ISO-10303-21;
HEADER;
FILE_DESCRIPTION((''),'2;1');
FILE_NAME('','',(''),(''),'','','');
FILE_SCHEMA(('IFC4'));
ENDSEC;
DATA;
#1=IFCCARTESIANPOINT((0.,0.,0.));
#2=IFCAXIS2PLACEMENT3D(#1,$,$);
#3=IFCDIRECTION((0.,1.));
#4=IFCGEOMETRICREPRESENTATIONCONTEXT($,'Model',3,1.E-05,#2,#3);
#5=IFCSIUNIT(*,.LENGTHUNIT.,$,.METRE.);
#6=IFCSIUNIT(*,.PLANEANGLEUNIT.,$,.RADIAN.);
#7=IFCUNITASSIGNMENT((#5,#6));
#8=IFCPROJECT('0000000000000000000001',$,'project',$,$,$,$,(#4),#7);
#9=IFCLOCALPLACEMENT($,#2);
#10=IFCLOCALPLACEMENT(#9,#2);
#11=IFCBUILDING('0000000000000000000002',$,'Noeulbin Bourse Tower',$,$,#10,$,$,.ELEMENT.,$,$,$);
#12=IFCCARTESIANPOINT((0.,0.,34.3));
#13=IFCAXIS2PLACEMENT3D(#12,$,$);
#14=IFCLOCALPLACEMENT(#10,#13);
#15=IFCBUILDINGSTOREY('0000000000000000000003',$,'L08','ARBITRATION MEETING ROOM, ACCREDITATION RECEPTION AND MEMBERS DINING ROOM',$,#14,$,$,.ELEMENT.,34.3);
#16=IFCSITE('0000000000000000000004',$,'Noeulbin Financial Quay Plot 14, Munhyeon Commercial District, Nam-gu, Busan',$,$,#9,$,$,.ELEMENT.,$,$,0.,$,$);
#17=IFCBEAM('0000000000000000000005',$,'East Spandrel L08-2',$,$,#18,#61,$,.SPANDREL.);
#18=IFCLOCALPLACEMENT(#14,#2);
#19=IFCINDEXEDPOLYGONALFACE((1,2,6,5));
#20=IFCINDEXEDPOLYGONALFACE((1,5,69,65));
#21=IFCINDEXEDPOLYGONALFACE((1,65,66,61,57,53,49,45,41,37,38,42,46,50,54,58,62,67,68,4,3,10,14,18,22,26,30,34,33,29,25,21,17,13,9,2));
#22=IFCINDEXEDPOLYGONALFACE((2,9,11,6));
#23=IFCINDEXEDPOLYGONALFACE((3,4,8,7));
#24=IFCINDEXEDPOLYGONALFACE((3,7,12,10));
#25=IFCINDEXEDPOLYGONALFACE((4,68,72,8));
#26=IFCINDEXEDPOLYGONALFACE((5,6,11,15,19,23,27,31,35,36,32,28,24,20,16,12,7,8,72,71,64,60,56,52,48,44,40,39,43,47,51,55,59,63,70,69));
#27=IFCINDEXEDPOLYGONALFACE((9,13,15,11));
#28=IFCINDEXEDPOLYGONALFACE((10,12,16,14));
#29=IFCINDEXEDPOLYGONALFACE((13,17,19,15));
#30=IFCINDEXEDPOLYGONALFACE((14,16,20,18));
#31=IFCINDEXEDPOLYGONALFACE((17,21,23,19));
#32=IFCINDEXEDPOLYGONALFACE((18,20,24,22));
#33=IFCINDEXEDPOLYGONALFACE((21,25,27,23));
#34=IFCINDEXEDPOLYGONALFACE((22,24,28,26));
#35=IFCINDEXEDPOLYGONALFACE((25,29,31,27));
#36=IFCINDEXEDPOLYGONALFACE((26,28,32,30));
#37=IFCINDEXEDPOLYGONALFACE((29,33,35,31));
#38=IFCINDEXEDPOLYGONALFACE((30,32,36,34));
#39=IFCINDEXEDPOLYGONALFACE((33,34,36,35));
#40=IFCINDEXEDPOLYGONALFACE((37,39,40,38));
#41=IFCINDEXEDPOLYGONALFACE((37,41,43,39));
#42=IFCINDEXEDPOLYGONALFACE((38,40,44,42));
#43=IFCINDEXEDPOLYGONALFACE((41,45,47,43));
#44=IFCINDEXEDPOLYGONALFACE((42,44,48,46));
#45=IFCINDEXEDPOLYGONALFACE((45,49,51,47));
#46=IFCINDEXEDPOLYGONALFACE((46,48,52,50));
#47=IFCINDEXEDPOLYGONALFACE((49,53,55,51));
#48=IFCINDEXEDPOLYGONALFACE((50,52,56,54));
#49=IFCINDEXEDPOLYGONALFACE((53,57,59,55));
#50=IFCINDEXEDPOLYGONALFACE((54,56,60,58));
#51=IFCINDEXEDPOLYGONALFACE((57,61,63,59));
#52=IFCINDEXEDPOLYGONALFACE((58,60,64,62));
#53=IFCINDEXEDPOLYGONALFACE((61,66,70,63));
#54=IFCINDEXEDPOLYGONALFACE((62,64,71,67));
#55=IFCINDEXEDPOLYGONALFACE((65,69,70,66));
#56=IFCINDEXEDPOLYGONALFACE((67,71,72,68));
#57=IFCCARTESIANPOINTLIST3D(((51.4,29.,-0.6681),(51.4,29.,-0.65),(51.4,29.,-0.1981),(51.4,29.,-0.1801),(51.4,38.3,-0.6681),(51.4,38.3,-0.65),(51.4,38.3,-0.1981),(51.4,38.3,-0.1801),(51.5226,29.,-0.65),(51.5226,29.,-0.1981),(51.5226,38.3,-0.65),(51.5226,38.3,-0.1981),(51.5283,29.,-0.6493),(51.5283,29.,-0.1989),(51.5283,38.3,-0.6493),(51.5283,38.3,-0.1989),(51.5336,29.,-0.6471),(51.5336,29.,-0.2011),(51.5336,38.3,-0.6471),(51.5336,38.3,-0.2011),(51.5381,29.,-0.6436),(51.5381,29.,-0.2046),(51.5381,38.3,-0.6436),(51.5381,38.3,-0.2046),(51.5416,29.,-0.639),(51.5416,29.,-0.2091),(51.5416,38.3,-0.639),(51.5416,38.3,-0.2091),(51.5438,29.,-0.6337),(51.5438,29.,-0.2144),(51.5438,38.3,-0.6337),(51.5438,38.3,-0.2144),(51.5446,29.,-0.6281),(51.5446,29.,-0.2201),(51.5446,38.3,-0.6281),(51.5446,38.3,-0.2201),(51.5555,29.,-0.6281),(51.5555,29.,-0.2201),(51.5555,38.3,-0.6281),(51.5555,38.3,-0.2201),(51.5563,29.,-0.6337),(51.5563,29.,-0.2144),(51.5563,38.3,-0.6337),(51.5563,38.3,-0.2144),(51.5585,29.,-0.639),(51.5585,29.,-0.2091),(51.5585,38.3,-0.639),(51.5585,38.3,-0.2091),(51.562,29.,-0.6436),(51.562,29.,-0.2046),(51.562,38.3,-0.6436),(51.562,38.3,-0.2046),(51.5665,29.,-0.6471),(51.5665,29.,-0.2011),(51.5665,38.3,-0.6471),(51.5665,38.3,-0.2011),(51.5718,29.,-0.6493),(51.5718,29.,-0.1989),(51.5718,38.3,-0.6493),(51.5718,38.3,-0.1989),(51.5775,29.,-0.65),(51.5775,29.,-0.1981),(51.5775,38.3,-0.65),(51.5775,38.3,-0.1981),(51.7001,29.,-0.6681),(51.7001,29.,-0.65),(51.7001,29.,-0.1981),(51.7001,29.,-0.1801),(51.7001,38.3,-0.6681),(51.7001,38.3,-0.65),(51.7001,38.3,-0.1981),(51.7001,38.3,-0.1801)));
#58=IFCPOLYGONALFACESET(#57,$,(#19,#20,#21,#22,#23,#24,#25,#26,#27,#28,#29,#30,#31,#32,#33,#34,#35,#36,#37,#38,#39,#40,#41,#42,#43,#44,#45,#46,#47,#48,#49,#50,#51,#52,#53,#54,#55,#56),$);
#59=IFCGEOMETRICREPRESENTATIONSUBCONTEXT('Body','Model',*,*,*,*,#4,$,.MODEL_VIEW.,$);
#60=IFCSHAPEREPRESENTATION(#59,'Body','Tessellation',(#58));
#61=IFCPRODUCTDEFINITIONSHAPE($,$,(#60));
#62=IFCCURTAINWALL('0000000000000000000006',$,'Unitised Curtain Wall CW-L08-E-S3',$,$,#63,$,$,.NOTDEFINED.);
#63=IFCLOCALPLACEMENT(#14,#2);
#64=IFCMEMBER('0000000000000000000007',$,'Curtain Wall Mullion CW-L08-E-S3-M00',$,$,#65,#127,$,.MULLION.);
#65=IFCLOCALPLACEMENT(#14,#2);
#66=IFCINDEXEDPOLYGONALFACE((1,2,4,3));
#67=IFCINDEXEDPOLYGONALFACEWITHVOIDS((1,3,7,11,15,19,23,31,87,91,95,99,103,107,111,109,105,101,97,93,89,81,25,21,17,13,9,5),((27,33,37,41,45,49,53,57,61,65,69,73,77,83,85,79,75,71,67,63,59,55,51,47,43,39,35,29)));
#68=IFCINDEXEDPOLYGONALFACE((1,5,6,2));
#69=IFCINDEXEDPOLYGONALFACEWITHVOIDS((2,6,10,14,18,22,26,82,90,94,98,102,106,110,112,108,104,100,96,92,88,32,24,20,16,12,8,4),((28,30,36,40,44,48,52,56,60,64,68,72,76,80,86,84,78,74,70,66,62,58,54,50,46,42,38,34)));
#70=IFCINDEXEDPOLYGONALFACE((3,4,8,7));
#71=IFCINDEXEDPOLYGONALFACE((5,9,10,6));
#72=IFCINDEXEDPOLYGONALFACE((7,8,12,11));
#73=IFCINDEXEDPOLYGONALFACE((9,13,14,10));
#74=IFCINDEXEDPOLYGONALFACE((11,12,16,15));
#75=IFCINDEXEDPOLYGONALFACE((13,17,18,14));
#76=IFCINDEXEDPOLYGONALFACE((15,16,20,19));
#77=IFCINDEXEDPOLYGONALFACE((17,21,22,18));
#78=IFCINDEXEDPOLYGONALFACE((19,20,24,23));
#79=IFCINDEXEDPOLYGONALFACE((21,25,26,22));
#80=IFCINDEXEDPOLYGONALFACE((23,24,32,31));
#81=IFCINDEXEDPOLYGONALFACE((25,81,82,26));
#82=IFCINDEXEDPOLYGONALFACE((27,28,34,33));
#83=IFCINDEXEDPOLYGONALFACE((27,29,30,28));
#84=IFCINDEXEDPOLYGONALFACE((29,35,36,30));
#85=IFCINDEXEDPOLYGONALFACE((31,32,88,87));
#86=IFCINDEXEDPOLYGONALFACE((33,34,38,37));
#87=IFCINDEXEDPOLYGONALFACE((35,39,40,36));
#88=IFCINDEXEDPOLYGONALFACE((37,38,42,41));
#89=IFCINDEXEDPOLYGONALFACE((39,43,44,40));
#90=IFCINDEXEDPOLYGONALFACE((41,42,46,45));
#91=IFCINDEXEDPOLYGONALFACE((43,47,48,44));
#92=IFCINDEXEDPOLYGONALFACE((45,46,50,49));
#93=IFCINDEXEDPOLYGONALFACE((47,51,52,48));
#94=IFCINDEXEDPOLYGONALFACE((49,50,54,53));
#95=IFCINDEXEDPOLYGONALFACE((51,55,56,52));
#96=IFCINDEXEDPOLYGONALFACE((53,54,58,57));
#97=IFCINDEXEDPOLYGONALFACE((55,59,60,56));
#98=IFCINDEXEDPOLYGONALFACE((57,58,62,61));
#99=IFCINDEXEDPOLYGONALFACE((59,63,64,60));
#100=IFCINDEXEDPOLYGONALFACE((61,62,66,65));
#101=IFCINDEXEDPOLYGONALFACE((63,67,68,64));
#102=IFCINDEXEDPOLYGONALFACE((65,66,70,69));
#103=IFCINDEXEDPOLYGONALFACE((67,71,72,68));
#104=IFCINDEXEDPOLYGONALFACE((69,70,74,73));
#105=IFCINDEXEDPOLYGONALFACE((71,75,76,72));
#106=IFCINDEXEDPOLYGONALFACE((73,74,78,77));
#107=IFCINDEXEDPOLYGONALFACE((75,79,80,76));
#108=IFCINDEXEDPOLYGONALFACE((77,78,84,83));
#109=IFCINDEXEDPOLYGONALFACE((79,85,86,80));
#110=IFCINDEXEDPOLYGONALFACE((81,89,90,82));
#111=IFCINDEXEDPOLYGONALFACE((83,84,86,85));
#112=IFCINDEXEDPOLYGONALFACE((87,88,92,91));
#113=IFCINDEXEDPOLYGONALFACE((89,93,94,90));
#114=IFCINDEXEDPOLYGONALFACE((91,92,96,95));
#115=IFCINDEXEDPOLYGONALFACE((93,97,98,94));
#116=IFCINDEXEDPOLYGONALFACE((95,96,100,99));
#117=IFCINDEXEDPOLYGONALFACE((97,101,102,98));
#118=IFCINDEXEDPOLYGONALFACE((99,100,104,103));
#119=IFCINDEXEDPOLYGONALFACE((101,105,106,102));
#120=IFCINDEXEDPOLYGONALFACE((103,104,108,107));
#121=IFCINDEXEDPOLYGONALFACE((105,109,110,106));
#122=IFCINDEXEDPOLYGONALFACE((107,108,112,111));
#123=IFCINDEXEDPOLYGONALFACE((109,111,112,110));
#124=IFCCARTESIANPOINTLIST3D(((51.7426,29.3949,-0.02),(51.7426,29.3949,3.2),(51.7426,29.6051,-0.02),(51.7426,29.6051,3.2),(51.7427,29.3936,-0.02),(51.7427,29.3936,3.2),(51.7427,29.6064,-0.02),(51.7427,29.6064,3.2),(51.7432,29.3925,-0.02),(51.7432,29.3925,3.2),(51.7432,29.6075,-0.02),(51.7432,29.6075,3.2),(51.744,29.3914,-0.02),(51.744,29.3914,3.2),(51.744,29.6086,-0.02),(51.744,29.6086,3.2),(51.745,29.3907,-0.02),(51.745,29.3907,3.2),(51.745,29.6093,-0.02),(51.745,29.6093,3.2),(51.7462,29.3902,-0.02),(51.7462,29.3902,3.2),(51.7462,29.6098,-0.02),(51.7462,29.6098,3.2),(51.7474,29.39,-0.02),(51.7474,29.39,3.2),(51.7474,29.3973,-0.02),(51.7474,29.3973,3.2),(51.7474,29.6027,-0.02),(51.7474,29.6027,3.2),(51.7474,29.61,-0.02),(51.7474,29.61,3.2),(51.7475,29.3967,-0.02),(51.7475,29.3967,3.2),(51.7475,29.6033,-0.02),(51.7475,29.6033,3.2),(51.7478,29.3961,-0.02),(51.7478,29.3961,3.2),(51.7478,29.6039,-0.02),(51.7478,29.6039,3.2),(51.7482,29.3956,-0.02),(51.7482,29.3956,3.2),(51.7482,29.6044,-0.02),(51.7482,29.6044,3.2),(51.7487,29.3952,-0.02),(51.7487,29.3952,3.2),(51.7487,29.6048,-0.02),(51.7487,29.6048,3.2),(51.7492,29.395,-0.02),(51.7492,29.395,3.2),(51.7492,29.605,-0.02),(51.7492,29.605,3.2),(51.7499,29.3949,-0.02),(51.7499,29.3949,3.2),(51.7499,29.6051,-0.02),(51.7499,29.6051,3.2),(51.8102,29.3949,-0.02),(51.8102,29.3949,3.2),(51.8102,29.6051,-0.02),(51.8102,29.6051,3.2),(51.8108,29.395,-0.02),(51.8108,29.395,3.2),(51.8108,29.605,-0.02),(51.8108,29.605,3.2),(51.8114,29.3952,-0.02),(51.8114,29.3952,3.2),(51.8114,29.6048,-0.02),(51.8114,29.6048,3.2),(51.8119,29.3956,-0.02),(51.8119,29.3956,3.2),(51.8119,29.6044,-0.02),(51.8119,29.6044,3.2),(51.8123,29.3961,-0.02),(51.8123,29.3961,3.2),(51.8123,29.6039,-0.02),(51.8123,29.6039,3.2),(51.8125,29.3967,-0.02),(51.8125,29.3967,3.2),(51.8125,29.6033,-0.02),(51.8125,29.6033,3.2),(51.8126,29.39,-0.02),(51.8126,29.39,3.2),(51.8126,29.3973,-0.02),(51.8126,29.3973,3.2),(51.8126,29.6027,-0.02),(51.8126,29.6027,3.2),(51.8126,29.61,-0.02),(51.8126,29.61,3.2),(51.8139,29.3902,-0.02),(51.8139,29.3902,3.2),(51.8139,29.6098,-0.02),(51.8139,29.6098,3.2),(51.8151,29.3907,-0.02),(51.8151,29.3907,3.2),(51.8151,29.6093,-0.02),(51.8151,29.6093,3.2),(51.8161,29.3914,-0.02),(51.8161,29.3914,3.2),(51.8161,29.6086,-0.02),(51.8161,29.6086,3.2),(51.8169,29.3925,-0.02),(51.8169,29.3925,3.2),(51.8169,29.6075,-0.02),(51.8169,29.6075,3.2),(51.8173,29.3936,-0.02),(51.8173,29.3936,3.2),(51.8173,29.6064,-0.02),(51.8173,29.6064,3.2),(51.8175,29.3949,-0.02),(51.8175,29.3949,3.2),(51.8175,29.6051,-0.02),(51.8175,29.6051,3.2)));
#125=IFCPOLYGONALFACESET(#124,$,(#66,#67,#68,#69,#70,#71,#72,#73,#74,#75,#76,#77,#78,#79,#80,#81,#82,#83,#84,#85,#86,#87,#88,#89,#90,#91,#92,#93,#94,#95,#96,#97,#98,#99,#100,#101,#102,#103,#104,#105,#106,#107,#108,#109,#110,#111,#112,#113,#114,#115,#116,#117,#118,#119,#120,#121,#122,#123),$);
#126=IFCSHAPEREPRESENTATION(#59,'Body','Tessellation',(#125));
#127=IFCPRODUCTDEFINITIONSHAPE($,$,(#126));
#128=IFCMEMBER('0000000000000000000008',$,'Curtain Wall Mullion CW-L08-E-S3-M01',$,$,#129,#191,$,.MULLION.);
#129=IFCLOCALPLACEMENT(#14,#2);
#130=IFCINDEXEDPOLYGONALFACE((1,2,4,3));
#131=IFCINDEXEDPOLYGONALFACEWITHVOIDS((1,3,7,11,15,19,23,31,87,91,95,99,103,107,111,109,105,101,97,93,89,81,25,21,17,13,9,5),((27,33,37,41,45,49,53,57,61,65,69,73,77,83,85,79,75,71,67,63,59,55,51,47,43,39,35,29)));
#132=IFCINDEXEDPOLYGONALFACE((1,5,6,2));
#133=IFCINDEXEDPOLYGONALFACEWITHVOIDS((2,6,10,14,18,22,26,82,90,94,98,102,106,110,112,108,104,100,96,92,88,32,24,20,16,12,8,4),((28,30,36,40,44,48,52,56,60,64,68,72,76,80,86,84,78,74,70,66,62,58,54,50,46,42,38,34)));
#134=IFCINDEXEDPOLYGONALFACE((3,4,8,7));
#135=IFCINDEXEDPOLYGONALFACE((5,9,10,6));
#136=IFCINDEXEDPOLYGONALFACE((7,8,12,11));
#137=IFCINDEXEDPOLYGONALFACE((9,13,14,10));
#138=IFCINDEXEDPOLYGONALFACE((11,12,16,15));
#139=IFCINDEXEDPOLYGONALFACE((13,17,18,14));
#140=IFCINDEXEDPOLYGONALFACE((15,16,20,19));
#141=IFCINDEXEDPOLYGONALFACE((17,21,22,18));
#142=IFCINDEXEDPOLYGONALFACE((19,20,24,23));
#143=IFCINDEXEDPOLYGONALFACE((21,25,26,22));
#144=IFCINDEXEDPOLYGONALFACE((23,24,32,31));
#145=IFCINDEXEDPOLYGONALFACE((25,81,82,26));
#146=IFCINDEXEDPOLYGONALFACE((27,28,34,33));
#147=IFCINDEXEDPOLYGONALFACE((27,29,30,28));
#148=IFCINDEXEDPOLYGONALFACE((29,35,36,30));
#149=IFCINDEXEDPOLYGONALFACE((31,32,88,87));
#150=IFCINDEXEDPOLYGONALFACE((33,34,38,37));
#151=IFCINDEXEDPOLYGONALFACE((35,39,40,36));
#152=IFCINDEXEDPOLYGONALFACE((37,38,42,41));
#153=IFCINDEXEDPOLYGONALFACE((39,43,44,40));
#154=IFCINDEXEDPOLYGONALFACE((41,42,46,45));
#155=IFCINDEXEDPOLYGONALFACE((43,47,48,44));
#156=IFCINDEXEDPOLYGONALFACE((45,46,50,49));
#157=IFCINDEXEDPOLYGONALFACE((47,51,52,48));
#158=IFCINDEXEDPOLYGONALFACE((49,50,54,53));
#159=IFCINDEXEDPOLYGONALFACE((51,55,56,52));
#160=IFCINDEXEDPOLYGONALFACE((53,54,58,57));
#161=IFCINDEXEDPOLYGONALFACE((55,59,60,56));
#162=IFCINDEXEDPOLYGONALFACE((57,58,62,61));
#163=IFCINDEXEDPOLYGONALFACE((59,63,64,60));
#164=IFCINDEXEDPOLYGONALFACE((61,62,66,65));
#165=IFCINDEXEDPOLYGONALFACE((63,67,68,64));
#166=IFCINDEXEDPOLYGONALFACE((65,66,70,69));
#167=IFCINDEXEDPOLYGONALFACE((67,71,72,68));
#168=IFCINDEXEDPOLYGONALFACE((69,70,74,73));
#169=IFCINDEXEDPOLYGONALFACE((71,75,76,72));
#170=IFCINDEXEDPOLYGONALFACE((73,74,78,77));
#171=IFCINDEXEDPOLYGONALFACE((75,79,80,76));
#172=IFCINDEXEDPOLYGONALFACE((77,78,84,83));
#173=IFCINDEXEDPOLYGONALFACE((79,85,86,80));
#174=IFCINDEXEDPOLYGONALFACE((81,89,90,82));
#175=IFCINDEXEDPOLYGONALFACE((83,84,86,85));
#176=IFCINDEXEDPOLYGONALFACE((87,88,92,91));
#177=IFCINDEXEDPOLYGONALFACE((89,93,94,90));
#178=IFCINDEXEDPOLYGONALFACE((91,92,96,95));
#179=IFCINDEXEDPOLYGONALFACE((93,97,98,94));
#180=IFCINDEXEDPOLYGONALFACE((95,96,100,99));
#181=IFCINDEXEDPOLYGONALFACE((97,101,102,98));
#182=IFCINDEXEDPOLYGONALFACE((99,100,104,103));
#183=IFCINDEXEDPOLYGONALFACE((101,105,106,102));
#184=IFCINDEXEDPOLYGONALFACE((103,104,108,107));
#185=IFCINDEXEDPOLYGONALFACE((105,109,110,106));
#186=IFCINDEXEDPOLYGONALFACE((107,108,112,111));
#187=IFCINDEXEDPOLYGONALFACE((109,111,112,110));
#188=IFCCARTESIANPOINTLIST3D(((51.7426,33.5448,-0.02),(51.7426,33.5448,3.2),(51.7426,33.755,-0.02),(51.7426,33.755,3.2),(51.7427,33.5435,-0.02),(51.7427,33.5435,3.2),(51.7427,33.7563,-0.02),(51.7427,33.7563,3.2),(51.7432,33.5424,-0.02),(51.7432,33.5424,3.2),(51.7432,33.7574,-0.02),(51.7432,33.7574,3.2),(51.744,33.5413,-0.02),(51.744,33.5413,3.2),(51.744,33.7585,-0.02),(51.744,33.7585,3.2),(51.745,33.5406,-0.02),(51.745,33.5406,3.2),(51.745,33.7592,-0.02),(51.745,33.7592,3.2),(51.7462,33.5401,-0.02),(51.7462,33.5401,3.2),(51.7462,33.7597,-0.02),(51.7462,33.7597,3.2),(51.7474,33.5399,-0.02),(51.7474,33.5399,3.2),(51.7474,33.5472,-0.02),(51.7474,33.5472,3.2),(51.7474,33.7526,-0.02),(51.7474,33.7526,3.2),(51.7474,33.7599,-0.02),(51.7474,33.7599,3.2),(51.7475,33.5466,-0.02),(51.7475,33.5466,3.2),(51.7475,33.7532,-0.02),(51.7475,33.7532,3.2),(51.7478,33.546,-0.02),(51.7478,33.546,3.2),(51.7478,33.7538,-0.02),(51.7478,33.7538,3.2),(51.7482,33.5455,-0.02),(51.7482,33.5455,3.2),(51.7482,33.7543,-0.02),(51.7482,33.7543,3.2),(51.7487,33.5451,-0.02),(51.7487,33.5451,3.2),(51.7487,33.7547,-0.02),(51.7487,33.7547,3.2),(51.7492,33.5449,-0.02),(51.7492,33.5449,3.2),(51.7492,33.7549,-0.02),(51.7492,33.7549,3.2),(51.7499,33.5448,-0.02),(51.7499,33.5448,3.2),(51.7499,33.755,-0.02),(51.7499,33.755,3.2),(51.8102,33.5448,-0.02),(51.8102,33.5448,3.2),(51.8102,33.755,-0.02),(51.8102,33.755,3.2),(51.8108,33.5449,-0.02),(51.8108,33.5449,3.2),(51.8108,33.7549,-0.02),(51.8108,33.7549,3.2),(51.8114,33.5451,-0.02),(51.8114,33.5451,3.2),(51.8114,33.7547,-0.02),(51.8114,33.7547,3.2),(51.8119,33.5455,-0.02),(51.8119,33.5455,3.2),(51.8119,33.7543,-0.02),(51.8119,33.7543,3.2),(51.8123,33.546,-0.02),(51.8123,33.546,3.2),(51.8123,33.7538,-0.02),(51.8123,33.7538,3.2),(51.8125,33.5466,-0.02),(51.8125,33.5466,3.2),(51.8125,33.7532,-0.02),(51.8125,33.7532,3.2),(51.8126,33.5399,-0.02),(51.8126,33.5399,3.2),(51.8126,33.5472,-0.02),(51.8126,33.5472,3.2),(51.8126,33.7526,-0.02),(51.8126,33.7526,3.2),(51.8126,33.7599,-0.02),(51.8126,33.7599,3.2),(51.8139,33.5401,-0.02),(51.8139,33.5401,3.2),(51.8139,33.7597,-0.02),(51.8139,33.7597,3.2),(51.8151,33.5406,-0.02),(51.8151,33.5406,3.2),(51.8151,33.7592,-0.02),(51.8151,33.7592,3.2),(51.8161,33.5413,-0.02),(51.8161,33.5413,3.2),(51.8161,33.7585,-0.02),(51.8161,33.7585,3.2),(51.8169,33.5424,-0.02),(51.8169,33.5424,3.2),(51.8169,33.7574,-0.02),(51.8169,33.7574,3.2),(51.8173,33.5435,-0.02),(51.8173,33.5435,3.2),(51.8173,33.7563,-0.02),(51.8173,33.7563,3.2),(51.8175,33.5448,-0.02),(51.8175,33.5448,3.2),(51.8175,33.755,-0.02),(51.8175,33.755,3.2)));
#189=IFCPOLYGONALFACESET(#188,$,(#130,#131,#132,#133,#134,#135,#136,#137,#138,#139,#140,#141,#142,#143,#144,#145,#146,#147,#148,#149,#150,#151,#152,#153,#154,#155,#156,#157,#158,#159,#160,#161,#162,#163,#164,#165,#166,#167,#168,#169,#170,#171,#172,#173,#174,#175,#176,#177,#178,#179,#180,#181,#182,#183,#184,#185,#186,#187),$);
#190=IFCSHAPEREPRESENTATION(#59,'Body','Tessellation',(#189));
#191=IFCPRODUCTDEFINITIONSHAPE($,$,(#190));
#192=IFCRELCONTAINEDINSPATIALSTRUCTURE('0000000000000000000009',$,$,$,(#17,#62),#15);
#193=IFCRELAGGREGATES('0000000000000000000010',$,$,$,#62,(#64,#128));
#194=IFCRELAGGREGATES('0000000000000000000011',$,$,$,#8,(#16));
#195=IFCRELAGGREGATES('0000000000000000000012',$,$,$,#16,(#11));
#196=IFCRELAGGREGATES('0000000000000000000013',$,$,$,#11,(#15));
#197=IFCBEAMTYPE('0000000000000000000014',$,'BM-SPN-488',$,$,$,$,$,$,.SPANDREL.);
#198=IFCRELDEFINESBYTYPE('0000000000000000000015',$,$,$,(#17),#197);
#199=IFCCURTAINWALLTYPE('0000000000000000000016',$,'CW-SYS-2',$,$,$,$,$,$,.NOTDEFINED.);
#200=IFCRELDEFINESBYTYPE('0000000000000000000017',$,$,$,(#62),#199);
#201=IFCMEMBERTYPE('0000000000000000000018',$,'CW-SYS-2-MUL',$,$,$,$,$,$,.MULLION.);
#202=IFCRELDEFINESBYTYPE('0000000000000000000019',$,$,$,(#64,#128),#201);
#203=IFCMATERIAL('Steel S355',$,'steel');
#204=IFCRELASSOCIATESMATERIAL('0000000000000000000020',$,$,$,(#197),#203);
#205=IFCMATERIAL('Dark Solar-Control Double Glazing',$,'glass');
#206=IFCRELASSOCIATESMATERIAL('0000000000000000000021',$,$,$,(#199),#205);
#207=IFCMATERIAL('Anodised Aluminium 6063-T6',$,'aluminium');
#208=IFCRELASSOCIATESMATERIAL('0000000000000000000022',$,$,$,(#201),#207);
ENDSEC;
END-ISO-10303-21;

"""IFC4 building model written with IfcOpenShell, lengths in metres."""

from ifc_helpers import new_model, si_unit, direction, frame, origin, origin_2d, place, context, subcontext, project, spatial, hollow_rectangle, i_section, extrude, material, material_profile, profile_set, type_object, element, aggregate, save


model = new_model("IFC4")

# Units and contexts
model_context = context("Model", 3, precision=1e-05, world=origin(), true_north=direction((0.0, 1.0)))
body_context = subcontext(model_context, "Body", "Model", "MODEL_VIEW")
ifc_project = project(units=[si_unit("LENGTHUNIT", "METRE"), si_unit("PLANEANGLEUNIT", "RADIAN")], contexts=[model_context])

# Site, building, storey
site_placement = place(None, origin())
site = spatial("IfcSite", under=ifc_project, at=site_placement, Name="Noeulbin Financial Quay Plot 14, Munhyeon Commercial District, Nam-gu, Busan", CompositionType="ELEMENT", RefElevation=0.0)
building_placement = place(site_placement, origin())
building = spatial("IfcBuilding", under=site, at=building_placement, Name="Noeulbin Bourse Tower", CompositionType="ELEMENT")
storey_placement = place(building_placement, frame((0.0, 0.0, 34.3)))
storey = spatial("IfcBuildingStorey", under=building, at=storey_placement, Name="L08", Description="ARBITRATION MEETING ROOM, ACCREDITATION RECEPTION AND MEMBERS DINING ROOM", CompositionType="ELEMENT", Elevation=34.3)

# Beam
ifc_material_1 = material(Name="Steel S355", Category="steel")
ifc_material_profile_1 = material_profile(ifc_material_1, i_section(OverallWidth=0.3, OverallDepth=0.488, WebThickness=0.011, FlangeThickness=0.0181, FilletRadius=0.022, at=origin_2d()), Name="H-488x300x11x18", Category="LoadBearing")
ifc_profile_set_1 = profile_set([ifc_material_profile_1], Name="Steel S355")
beam_type_1 = type_object("IfcBeamType", Name="BM-SPN-488", PredefinedType="SPANDREL", material=ifc_profile_set_1)
beam_1_placement = place(storey_placement, frame((51.55, 29.0, -0.4241), z_axis=(0.0, 1.0, 0.0), x_axis=(-1.0, 0.0, 0.0)))
element("IfcBeam", 1, at=beam_1_placement, inside=storey, type_object=beam_type_1, Name="East Spandrel L08-2", PredefinedType="SPANDREL", context=body_context, shape_type="SweptSolid", body=[
    extrude(i_section(OverallWidth=0.3, OverallDepth=0.488, WebThickness=0.011, FlangeThickness=0.0181, FilletRadius=0.022, at=origin_2d()), origin(), (0.0, 0.0, 1.0), 9.3),
])

# Curtain wall, members
ifc_material_2 = material(Name="Dark Solar-Control Double Glazing", Category="glass")
curtain_wall_type = type_object("IfcCurtainWallType", Name="CW-SYS-2", PredefinedType="NOTDEFINED", material=ifc_material_2)
curtain_wall_placement = place(storey_placement, origin())
curtain_wall = element("IfcCurtainWall", 2, at=curtain_wall_placement, inside=storey, type_object=curtain_wall_type, Name="Unitised Curtain Wall CW-L08-E-S3", PredefinedType="NOTDEFINED")
ifc_material_3 = material(Name="Anodised Aluminium 6063-T6", Category="aluminium")
ifc_material_profile_2 = material_profile(ifc_material_3, hollow_rectangle(XDim=0.075, YDim=0.22, WallThickness=0.0049, InnerFilletRadius=0.0024, OuterFilletRadius=0.0049, at=origin_2d()), Name="ALU-MULL-75x220x5", Category="LoadBearing")
ifc_profile_set_2 = profile_set([ifc_material_profile_2], Name="Anodised Aluminium 6063-T6")
member_type_1 = type_object("IfcMemberType", Name="CW-SYS-2-MUL", PredefinedType="MULLION", material=ifc_profile_set_2)
member_1_placement = place(storey_placement, frame((51.78, 29.5, -0.02), z_axis=(0.0, 0.0, 1.0), x_axis=(1.0, 0.0, 0.0)))
member_1 = element("IfcMember", 3, at=member_1_placement, type_object=member_type_1, Name="Curtain Wall Mullion CW-L08-E-S3-M00", PredefinedType="MULLION", context=body_context, shape_type="SweptSolid", body=[
    extrude(hollow_rectangle(XDim=0.075, YDim=0.22, WallThickness=0.0049, InnerFilletRadius=0.0024, OuterFilletRadius=0.0049, at=origin_2d()), origin(), (0.0, 0.0, 1.0), 3.22),
])
member_2_placement = place(storey_placement, frame((51.78, 33.6499, -0.02), z_axis=(0.0, 0.0, 1.0), x_axis=(1.0, 0.0, 0.0)))
member_2 = element("IfcMember", 4, at=member_2_placement, type_object=member_type_1, Name="Curtain Wall Mullion CW-L08-E-S3-M01", PredefinedType="MULLION", context=body_context, shape_type="SweptSolid", body=[
    extrude(hollow_rectangle(XDim=0.075, YDim=0.22, WallThickness=0.0049, InnerFilletRadius=0.0024, OuterFilletRadius=0.0049, at=origin_2d()), origin(), (0.0, 0.0, 1.0), 3.22),
])
aggregate(curtain_wall, [member_1, member_2])

save(model, "model.ifc")
